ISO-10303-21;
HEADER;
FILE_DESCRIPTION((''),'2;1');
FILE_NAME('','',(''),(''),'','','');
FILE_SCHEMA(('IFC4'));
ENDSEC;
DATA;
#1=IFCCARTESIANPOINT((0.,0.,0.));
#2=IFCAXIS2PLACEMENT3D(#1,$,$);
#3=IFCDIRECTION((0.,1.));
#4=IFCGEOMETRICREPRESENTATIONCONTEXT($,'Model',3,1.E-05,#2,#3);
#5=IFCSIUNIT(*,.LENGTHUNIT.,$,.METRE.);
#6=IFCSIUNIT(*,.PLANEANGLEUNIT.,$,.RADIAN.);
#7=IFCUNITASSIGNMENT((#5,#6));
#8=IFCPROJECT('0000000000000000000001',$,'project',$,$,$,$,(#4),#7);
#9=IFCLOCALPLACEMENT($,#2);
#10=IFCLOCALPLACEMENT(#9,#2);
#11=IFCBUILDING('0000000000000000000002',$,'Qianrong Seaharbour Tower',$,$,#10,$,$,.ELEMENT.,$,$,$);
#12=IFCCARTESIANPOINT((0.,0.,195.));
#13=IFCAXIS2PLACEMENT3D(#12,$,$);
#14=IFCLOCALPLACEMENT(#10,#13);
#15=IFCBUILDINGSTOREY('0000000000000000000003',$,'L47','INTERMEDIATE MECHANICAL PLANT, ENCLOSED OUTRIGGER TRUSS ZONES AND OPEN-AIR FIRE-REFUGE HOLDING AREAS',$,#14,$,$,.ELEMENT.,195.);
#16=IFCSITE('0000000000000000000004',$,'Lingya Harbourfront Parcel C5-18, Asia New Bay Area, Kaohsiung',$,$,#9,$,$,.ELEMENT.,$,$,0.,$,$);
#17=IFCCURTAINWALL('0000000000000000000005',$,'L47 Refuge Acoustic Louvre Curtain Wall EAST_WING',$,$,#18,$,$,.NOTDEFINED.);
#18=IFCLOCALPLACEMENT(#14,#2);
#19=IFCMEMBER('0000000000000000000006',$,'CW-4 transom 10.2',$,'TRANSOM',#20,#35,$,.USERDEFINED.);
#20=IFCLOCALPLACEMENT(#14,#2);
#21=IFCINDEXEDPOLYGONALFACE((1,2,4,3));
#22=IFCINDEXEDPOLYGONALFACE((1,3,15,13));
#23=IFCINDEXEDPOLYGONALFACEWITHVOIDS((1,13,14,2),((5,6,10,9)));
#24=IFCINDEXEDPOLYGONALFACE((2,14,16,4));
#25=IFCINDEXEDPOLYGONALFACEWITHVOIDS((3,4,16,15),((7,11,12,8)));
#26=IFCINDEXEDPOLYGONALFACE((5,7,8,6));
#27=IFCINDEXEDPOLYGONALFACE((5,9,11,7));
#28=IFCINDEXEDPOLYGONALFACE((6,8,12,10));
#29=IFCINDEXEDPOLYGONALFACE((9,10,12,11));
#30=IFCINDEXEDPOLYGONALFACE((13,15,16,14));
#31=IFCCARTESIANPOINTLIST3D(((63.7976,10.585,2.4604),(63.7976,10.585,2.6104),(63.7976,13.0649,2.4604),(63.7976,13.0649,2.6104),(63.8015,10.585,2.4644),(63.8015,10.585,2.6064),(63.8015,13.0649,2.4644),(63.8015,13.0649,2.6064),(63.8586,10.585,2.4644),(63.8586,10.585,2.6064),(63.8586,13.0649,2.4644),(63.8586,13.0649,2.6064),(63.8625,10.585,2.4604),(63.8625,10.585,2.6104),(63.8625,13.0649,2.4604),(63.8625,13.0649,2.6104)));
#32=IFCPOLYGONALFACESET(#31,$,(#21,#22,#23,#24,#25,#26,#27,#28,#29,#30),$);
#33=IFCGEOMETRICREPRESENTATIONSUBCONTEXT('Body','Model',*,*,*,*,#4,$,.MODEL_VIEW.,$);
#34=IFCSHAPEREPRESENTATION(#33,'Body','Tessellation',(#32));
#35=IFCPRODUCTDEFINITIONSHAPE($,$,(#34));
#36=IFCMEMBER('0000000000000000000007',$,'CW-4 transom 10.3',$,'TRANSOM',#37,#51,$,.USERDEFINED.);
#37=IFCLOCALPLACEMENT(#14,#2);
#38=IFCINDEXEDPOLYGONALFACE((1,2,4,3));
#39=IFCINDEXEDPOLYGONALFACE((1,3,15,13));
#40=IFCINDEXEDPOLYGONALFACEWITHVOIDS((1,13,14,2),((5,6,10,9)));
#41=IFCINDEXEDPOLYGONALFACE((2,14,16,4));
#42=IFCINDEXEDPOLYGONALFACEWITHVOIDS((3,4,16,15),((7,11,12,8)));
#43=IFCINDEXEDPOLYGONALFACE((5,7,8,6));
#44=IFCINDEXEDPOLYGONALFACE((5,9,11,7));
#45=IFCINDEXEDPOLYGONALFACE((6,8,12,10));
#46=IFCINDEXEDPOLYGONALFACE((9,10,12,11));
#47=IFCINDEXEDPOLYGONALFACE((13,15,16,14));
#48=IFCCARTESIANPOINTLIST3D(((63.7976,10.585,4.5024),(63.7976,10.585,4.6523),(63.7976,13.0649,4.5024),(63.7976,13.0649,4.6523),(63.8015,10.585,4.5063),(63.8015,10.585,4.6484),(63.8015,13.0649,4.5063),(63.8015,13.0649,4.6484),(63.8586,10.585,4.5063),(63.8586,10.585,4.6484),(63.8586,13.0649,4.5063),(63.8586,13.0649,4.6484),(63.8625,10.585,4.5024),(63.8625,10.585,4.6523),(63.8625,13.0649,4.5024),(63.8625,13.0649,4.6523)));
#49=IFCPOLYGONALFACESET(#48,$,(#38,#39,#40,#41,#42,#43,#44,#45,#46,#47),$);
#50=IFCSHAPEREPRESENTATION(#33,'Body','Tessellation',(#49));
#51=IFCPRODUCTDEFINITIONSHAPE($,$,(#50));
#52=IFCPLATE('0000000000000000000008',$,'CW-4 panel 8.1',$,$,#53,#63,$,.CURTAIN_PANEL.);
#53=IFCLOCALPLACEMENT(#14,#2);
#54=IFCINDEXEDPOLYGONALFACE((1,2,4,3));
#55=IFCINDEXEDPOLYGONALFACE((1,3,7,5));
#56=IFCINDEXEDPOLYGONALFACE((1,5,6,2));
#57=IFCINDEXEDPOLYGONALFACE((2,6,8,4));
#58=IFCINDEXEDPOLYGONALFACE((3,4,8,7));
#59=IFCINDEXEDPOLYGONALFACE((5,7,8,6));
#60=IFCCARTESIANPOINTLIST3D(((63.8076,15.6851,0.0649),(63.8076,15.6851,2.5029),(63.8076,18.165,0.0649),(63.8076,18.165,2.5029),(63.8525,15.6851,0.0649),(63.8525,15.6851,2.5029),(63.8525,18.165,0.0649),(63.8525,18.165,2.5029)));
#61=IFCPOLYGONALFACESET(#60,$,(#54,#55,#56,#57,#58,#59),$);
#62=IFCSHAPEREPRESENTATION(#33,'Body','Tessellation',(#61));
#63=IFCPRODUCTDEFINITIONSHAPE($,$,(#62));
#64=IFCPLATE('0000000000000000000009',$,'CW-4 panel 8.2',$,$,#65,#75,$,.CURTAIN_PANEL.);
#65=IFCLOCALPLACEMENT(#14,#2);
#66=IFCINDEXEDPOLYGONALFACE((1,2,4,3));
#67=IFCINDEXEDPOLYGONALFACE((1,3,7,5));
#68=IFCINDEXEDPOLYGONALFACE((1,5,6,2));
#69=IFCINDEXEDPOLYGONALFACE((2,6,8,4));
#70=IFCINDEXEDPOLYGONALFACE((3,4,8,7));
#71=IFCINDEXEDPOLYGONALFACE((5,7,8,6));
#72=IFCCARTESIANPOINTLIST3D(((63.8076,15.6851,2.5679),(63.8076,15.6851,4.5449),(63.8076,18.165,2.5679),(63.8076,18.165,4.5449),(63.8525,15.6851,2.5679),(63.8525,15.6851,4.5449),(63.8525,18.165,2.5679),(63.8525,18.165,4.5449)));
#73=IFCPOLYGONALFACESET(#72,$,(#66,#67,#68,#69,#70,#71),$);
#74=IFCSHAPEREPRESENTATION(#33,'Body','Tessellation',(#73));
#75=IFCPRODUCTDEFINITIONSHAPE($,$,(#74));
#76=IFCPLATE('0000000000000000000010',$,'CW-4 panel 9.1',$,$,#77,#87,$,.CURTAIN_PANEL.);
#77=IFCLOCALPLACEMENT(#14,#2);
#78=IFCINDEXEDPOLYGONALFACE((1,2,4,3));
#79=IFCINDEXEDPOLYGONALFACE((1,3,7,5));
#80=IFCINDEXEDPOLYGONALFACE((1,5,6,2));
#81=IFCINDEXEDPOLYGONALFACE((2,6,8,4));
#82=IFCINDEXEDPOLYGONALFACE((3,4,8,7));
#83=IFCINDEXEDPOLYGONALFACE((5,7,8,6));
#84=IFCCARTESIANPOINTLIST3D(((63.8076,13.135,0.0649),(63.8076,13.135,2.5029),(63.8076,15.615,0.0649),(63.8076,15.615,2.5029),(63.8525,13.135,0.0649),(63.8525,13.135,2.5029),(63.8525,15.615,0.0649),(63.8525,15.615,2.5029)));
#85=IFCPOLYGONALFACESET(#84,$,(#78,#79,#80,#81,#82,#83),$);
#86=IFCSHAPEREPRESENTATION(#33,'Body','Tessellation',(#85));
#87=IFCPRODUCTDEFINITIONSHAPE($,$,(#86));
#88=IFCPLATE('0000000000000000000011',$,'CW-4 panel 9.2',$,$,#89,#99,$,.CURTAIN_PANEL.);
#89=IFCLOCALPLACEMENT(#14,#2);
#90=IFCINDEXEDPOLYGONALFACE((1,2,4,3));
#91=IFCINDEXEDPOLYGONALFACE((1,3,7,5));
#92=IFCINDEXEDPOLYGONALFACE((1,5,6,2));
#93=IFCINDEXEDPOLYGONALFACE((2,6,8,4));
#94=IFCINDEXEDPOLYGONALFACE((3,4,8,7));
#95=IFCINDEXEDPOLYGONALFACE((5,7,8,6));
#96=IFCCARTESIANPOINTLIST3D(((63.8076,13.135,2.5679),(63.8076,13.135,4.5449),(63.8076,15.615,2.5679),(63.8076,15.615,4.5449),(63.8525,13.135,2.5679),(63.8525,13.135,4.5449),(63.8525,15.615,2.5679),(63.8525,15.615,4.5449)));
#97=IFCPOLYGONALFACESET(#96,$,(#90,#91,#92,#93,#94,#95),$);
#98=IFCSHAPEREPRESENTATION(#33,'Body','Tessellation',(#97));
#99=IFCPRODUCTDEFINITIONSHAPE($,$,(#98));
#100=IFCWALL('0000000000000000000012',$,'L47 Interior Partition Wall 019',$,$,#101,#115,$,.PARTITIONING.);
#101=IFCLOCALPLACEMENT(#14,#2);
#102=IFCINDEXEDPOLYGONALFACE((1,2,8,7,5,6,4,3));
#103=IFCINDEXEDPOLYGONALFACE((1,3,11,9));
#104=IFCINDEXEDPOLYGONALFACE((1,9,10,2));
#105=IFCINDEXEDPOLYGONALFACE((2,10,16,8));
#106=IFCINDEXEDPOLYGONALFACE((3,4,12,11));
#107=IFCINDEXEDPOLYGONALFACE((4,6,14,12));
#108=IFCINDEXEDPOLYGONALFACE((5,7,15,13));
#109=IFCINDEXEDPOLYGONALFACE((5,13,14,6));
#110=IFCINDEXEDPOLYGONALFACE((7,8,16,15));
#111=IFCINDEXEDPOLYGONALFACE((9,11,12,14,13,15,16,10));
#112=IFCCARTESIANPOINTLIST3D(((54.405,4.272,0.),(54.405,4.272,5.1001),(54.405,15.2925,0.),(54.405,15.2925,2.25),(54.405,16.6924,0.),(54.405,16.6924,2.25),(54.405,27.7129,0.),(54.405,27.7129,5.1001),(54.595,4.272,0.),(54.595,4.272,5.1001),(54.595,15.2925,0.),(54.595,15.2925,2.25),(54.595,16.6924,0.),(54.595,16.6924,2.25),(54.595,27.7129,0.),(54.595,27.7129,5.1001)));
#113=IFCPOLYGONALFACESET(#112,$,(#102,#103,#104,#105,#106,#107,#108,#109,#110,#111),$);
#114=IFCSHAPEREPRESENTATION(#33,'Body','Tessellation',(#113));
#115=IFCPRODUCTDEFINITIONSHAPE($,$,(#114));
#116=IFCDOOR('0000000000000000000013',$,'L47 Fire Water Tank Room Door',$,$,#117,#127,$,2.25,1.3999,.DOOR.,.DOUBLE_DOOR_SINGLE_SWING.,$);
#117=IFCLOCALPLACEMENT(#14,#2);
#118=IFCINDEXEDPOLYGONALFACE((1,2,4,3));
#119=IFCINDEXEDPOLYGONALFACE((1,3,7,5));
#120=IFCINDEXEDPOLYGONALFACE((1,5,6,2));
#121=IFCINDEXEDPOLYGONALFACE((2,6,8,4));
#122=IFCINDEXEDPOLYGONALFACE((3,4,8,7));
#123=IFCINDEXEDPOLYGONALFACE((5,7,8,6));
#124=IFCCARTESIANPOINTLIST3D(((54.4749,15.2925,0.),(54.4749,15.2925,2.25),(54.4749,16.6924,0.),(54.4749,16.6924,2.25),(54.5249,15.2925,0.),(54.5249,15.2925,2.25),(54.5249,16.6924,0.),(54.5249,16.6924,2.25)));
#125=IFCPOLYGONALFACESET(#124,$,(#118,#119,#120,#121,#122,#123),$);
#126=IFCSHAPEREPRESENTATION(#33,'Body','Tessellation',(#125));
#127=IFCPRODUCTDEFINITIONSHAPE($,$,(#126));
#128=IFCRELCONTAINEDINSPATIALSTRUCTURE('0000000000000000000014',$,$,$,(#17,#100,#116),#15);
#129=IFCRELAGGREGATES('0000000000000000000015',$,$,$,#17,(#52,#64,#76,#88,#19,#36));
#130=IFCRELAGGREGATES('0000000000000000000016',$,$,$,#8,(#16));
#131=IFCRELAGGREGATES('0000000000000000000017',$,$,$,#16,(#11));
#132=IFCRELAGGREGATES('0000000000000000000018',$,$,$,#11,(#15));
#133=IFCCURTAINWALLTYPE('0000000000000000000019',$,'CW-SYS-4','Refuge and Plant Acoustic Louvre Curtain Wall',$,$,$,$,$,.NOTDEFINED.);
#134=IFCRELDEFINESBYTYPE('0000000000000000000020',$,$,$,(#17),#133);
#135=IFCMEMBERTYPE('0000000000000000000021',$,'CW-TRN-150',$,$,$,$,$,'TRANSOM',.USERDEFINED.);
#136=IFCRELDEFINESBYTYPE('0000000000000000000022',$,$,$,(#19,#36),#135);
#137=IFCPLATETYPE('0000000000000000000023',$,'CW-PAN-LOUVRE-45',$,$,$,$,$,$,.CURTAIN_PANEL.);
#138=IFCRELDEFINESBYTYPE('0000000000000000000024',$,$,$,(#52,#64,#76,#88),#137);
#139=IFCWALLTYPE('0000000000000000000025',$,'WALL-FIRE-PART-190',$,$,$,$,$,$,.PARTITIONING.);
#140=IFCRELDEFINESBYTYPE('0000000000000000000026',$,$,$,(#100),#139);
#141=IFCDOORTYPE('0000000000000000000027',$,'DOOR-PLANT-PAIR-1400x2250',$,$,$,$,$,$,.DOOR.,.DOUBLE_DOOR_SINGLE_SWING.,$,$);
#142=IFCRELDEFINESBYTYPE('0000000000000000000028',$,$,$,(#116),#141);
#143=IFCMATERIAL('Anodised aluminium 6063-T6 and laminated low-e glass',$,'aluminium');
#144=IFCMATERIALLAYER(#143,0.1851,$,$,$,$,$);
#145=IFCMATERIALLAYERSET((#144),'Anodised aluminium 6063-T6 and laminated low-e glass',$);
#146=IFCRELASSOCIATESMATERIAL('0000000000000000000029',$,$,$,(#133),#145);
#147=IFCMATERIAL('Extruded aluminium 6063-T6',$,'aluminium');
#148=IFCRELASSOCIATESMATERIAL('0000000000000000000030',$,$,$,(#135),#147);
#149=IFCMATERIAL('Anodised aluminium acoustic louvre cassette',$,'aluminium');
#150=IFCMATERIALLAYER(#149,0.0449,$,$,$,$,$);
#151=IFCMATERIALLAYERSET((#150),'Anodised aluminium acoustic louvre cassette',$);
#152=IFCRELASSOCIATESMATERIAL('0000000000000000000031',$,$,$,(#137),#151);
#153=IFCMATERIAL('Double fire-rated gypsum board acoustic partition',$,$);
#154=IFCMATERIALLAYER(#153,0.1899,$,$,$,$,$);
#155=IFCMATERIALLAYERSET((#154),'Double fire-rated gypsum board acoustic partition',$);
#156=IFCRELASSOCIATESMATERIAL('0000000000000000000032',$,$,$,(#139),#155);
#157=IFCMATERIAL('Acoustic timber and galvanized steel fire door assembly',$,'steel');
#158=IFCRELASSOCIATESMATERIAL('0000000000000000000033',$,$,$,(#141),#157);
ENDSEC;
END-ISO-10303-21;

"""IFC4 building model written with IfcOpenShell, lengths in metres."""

from ifc_helpers import new_model, si_unit, direction, frame, frame_2d, origin, origin_2d, place, context, subcontext, project, spatial, rectangle, hollow_rectangle, extrude, material, layer, layer_set, material_profile, profile_set, type_object, element, fill, aggregate, save


model = new_model("IFC4")

# Units and contexts
model_context = context("Model", 3, precision=1e-05, world=origin(), true_north=direction((0.0, 1.0)))
body_context = subcontext(model_context, "Body", "Model", "MODEL_VIEW")
ifc_project = project(units=[si_unit("LENGTHUNIT", "METRE"), si_unit("PLANEANGLEUNIT", "RADIAN")], contexts=[model_context])

# Site, building, storey
site_placement = place(None, origin())
site = spatial("IfcSite", under=ifc_project, at=site_placement, Name="Lingya Harbourfront Parcel C5-18, Asia New Bay Area, Kaohsiung", CompositionType="ELEMENT", RefElevation=0.0)
building_placement = place(site_placement, origin())
building = spatial("IfcBuilding", under=site, at=building_placement, Name="Qianrong Seaharbour Tower", CompositionType="ELEMENT")
storey_placement = place(building_placement, frame((0.0, 0.0, 195.0)))
storey = spatial("IfcBuildingStorey", under=building, at=storey_placement, Name="L47", Description="INTERMEDIATE MECHANICAL PLANT, ENCLOSED OUTRIGGER TRUSS ZONES AND OPEN-AIR FIRE-REFUGE HOLDING AREAS", CompositionType="ELEMENT", Elevation=195.0)

# Curtain wall, members, plates
ifc_material_1 = material(Name="Anodised aluminium 6063-T6 and laminated low-e glass", Category="aluminium")
ifc_layer_1 = layer(ifc_material_1, 0.1851)
ifc_layer_set_1 = layer_set([ifc_layer_1], Name="Anodised aluminium 6063-T6 and laminated low-e glass")
curtain_wall_type = type_object("IfcCurtainWallType", Name="CW-SYS-4", Description="Refuge and Plant Acoustic Louvre Curtain Wall", PredefinedType="NOTDEFINED", material=ifc_layer_set_1)
curtain_wall_placement = place(storey_placement, origin())
curtain_wall = element("IfcCurtainWall", 1, at=curtain_wall_placement, inside=storey, type_object=curtain_wall_type, Name="L47 Refuge Acoustic Louvre Curtain Wall EAST_WING", PredefinedType="NOTDEFINED")
ifc_material_2 = material(Name="Extruded aluminium 6063-T6", Category="aluminium")
ifc_material_profile_1 = material_profile(ifc_material_2, hollow_rectangle(XDim=0.0649, YDim=0.1499, WallThickness=0.0039, at=origin_2d()), Name="ALU-TRN-150x65x4")
ifc_profile_set_1 = profile_set([ifc_material_profile_1], Name="Extruded aluminium 6063-T6")
member_type_1 = type_object("IfcMemberType", Name="CW-TRN-150", ElementType="TRANSOM", PredefinedType="USERDEFINED", material=ifc_profile_set_1)
member_1_placement = place(storey_placement, frame((63.8301, 13.0649, 2.5354), z_axis=(0.0, -1.0, 0.0), x_axis=(1.0, 0.0, 0.0)))
member_1 = element("IfcMember", 2, at=member_1_placement, type_object=member_type_1, Name="CW-4 transom 10.2", ObjectType="TRANSOM", PredefinedType="USERDEFINED", context=body_context, shape_type="SweptSolid", body=[
    extrude(hollow_rectangle(XDim=0.0649, YDim=0.1499, WallThickness=0.0039, at=origin_2d()), origin(), (0.0, 0.0, 1.0), 2.48),
])
member_2_placement = place(storey_placement, frame((63.8301, 13.0649, 4.5774), z_axis=(0.0, -1.0, 0.0), x_axis=(1.0, 0.0, 0.0)))
member_2 = element("IfcMember", 3, at=member_2_placement, type_object=member_type_1, Name="CW-4 transom 10.3", ObjectType="TRANSOM", PredefinedType="USERDEFINED", context=body_context, shape_type="SweptSolid", body=[
    extrude(hollow_rectangle(XDim=0.0649, YDim=0.1499, WallThickness=0.0039, at=origin_2d()), origin(), (0.0, 0.0, 1.0), 2.48),
])
ifc_material_3 = material(Name="Anodised aluminium acoustic louvre cassette", Category="aluminium")
ifc_layer_2 = layer(ifc_material_3, 0.0449)
ifc_layer_set_2 = layer_set([ifc_layer_2], Name="Anodised aluminium acoustic louvre cassette")
plate_type = type_object("IfcPlateType", Name="CW-PAN-LOUVRE-45", PredefinedType="CURTAIN_PANEL", material=ifc_layer_set_2)
plate_1_placement = place(storey_placement, frame((63.8301, 16.925, 0.0649), z_axis=(0.0, 0.0, 1.0), x_axis=(0.0, -1.0, 0.0)))
plate_1 = element("IfcPlate", 4, at=plate_1_placement, type_object=plate_type, Name="CW-4 panel 8.1", PredefinedType="CURTAIN_PANEL", context=body_context, shape_type="SweptSolid", body=[
    extrude(rectangle(XDim=2.48, YDim=0.0449, at=origin_2d()), origin(), (0.0, 0.0, 1.0), 2.438),
])
plate_2_placement = place(storey_placement, frame((63.8301, 16.925, 2.5679), z_axis=(0.0, 0.0, 1.0), x_axis=(0.0, -1.0, 0.0)))
plate_2 = element("IfcPlate", 5, at=plate_2_placement, type_object=plate_type, Name="CW-4 panel 8.2", PredefinedType="CURTAIN_PANEL", context=body_context, shape_type="SweptSolid", body=[
    extrude(rectangle(XDim=2.48, YDim=0.0449, at=origin_2d()), origin(), (0.0, 0.0, 1.0), 1.9771),
])
plate_3_placement = place(storey_placement, frame((63.8301, 14.375, 0.0649), z_axis=(0.0, 0.0, 1.0), x_axis=(0.0, -1.0, 0.0)))
plate_3 = element("IfcPlate", 6, at=plate_3_placement, type_object=plate_type, Name="CW-4 panel 9.1", PredefinedType="CURTAIN_PANEL", context=body_context, shape_type="SweptSolid", body=[
    extrude(rectangle(XDim=2.48, YDim=0.0449, at=origin_2d()), origin(), (0.0, 0.0, 1.0), 2.438),
])
plate_4_placement = place(storey_placement, frame((63.8301, 14.375, 2.5679), z_axis=(0.0, 0.0, 1.0), x_axis=(0.0, -1.0, 0.0)))
plate_4 = element("IfcPlate", 7, at=plate_4_placement, type_object=plate_type, Name="CW-4 panel 9.2", PredefinedType="CURTAIN_PANEL", context=body_context, shape_type="SweptSolid", body=[
    extrude(rectangle(XDim=2.48, YDim=0.0449, at=origin_2d()), origin(), (0.0, 0.0, 1.0), 1.9771),
])
aggregate(curtain_wall, [plate_1, plate_2, plate_3, plate_4, member_1, member_2])

# Wall, opening, door
ifc_material_4 = material(Name="Double fire-rated gypsum board acoustic partition")
ifc_layer_3 = layer(ifc_material_4, 0.1899)
ifc_layer_set_3 = layer_set([ifc_layer_3], Name="Double fire-rated gypsum board acoustic partition")
wall_type = type_object("IfcWallType", Name="WALL-FIRE-PART-190", PredefinedType="PARTITIONING", material=ifc_layer_set_3)
wall_placement = place(storey_placement, frame((54.5, 27.7129, 0.0), z_axis=(0.0, 0.0, 1.0), x_axis=(0.0, -1.0, 0.0)))
wall = element("IfcWall", 8, at=wall_placement, inside=storey, type_object=wall_type, Name="L47 Interior Partition Wall 019", PredefinedType="PARTITIONING", context=body_context, shape_type="SweptSolid", body=[
    extrude(rectangle(XDim=23.4409, YDim=0.1899, at=frame_2d((11.7205, 0.0))), origin(), (0.0, 0.0, 1.0), 5.1001),
])
opening_placement = place(wall_placement, frame((11.0205, 0.0, 0.0)))
opening = element("IfcOpeningElement", 9, at=opening_placement, cuts=wall, PredefinedType="OPENING", context=body_context, shape_type="SweptSolid", body=[
    extrude(rectangle(XDim=1.3999, YDim=2.25, at=frame_2d((0.7, 1.125))), frame((0.0, 0.105, 0.0), z_axis=(0.0, -1.0, 0.0), x_axis=(1.0, 0.0, 0.0)), (0.0, 0.0, 1.0), 0.21),
])
ifc_material_5 = material(Name="Acoustic timber and galvanized steel fire door assembly", Category="steel")
door_type = type_object("IfcDoorType", Name="DOOR-PLANT-PAIR-1400x2250", OperationType="DOUBLE_DOOR_SINGLE_SWING", PredefinedType="DOOR", material=ifc_material_5)
door_placement = place(opening_placement, origin())
door = element("IfcDoor", 10, at=door_placement, inside=storey, type_object=door_type, Name="L47 Fire Water Tank Room Door", OperationType="DOUBLE_DOOR_SINGLE_SWING", OverallHeight=2.25, OverallWidth=1.3999, PredefinedType="DOOR", context=body_context, shape_type="SweptSolid", body=[
    extrude(rectangle(XDim=1.3999, YDim=2.25, at=frame_2d((0.7, 1.125))), frame((0.0, 0.0249, 0.0), z_axis=(0.0, -1.0, 0.0), x_axis=(1.0, 0.0, 0.0)), (0.0, 0.0, 1.0), 0.05),
])
fill(opening, door)

save(model, "model.ifc")
